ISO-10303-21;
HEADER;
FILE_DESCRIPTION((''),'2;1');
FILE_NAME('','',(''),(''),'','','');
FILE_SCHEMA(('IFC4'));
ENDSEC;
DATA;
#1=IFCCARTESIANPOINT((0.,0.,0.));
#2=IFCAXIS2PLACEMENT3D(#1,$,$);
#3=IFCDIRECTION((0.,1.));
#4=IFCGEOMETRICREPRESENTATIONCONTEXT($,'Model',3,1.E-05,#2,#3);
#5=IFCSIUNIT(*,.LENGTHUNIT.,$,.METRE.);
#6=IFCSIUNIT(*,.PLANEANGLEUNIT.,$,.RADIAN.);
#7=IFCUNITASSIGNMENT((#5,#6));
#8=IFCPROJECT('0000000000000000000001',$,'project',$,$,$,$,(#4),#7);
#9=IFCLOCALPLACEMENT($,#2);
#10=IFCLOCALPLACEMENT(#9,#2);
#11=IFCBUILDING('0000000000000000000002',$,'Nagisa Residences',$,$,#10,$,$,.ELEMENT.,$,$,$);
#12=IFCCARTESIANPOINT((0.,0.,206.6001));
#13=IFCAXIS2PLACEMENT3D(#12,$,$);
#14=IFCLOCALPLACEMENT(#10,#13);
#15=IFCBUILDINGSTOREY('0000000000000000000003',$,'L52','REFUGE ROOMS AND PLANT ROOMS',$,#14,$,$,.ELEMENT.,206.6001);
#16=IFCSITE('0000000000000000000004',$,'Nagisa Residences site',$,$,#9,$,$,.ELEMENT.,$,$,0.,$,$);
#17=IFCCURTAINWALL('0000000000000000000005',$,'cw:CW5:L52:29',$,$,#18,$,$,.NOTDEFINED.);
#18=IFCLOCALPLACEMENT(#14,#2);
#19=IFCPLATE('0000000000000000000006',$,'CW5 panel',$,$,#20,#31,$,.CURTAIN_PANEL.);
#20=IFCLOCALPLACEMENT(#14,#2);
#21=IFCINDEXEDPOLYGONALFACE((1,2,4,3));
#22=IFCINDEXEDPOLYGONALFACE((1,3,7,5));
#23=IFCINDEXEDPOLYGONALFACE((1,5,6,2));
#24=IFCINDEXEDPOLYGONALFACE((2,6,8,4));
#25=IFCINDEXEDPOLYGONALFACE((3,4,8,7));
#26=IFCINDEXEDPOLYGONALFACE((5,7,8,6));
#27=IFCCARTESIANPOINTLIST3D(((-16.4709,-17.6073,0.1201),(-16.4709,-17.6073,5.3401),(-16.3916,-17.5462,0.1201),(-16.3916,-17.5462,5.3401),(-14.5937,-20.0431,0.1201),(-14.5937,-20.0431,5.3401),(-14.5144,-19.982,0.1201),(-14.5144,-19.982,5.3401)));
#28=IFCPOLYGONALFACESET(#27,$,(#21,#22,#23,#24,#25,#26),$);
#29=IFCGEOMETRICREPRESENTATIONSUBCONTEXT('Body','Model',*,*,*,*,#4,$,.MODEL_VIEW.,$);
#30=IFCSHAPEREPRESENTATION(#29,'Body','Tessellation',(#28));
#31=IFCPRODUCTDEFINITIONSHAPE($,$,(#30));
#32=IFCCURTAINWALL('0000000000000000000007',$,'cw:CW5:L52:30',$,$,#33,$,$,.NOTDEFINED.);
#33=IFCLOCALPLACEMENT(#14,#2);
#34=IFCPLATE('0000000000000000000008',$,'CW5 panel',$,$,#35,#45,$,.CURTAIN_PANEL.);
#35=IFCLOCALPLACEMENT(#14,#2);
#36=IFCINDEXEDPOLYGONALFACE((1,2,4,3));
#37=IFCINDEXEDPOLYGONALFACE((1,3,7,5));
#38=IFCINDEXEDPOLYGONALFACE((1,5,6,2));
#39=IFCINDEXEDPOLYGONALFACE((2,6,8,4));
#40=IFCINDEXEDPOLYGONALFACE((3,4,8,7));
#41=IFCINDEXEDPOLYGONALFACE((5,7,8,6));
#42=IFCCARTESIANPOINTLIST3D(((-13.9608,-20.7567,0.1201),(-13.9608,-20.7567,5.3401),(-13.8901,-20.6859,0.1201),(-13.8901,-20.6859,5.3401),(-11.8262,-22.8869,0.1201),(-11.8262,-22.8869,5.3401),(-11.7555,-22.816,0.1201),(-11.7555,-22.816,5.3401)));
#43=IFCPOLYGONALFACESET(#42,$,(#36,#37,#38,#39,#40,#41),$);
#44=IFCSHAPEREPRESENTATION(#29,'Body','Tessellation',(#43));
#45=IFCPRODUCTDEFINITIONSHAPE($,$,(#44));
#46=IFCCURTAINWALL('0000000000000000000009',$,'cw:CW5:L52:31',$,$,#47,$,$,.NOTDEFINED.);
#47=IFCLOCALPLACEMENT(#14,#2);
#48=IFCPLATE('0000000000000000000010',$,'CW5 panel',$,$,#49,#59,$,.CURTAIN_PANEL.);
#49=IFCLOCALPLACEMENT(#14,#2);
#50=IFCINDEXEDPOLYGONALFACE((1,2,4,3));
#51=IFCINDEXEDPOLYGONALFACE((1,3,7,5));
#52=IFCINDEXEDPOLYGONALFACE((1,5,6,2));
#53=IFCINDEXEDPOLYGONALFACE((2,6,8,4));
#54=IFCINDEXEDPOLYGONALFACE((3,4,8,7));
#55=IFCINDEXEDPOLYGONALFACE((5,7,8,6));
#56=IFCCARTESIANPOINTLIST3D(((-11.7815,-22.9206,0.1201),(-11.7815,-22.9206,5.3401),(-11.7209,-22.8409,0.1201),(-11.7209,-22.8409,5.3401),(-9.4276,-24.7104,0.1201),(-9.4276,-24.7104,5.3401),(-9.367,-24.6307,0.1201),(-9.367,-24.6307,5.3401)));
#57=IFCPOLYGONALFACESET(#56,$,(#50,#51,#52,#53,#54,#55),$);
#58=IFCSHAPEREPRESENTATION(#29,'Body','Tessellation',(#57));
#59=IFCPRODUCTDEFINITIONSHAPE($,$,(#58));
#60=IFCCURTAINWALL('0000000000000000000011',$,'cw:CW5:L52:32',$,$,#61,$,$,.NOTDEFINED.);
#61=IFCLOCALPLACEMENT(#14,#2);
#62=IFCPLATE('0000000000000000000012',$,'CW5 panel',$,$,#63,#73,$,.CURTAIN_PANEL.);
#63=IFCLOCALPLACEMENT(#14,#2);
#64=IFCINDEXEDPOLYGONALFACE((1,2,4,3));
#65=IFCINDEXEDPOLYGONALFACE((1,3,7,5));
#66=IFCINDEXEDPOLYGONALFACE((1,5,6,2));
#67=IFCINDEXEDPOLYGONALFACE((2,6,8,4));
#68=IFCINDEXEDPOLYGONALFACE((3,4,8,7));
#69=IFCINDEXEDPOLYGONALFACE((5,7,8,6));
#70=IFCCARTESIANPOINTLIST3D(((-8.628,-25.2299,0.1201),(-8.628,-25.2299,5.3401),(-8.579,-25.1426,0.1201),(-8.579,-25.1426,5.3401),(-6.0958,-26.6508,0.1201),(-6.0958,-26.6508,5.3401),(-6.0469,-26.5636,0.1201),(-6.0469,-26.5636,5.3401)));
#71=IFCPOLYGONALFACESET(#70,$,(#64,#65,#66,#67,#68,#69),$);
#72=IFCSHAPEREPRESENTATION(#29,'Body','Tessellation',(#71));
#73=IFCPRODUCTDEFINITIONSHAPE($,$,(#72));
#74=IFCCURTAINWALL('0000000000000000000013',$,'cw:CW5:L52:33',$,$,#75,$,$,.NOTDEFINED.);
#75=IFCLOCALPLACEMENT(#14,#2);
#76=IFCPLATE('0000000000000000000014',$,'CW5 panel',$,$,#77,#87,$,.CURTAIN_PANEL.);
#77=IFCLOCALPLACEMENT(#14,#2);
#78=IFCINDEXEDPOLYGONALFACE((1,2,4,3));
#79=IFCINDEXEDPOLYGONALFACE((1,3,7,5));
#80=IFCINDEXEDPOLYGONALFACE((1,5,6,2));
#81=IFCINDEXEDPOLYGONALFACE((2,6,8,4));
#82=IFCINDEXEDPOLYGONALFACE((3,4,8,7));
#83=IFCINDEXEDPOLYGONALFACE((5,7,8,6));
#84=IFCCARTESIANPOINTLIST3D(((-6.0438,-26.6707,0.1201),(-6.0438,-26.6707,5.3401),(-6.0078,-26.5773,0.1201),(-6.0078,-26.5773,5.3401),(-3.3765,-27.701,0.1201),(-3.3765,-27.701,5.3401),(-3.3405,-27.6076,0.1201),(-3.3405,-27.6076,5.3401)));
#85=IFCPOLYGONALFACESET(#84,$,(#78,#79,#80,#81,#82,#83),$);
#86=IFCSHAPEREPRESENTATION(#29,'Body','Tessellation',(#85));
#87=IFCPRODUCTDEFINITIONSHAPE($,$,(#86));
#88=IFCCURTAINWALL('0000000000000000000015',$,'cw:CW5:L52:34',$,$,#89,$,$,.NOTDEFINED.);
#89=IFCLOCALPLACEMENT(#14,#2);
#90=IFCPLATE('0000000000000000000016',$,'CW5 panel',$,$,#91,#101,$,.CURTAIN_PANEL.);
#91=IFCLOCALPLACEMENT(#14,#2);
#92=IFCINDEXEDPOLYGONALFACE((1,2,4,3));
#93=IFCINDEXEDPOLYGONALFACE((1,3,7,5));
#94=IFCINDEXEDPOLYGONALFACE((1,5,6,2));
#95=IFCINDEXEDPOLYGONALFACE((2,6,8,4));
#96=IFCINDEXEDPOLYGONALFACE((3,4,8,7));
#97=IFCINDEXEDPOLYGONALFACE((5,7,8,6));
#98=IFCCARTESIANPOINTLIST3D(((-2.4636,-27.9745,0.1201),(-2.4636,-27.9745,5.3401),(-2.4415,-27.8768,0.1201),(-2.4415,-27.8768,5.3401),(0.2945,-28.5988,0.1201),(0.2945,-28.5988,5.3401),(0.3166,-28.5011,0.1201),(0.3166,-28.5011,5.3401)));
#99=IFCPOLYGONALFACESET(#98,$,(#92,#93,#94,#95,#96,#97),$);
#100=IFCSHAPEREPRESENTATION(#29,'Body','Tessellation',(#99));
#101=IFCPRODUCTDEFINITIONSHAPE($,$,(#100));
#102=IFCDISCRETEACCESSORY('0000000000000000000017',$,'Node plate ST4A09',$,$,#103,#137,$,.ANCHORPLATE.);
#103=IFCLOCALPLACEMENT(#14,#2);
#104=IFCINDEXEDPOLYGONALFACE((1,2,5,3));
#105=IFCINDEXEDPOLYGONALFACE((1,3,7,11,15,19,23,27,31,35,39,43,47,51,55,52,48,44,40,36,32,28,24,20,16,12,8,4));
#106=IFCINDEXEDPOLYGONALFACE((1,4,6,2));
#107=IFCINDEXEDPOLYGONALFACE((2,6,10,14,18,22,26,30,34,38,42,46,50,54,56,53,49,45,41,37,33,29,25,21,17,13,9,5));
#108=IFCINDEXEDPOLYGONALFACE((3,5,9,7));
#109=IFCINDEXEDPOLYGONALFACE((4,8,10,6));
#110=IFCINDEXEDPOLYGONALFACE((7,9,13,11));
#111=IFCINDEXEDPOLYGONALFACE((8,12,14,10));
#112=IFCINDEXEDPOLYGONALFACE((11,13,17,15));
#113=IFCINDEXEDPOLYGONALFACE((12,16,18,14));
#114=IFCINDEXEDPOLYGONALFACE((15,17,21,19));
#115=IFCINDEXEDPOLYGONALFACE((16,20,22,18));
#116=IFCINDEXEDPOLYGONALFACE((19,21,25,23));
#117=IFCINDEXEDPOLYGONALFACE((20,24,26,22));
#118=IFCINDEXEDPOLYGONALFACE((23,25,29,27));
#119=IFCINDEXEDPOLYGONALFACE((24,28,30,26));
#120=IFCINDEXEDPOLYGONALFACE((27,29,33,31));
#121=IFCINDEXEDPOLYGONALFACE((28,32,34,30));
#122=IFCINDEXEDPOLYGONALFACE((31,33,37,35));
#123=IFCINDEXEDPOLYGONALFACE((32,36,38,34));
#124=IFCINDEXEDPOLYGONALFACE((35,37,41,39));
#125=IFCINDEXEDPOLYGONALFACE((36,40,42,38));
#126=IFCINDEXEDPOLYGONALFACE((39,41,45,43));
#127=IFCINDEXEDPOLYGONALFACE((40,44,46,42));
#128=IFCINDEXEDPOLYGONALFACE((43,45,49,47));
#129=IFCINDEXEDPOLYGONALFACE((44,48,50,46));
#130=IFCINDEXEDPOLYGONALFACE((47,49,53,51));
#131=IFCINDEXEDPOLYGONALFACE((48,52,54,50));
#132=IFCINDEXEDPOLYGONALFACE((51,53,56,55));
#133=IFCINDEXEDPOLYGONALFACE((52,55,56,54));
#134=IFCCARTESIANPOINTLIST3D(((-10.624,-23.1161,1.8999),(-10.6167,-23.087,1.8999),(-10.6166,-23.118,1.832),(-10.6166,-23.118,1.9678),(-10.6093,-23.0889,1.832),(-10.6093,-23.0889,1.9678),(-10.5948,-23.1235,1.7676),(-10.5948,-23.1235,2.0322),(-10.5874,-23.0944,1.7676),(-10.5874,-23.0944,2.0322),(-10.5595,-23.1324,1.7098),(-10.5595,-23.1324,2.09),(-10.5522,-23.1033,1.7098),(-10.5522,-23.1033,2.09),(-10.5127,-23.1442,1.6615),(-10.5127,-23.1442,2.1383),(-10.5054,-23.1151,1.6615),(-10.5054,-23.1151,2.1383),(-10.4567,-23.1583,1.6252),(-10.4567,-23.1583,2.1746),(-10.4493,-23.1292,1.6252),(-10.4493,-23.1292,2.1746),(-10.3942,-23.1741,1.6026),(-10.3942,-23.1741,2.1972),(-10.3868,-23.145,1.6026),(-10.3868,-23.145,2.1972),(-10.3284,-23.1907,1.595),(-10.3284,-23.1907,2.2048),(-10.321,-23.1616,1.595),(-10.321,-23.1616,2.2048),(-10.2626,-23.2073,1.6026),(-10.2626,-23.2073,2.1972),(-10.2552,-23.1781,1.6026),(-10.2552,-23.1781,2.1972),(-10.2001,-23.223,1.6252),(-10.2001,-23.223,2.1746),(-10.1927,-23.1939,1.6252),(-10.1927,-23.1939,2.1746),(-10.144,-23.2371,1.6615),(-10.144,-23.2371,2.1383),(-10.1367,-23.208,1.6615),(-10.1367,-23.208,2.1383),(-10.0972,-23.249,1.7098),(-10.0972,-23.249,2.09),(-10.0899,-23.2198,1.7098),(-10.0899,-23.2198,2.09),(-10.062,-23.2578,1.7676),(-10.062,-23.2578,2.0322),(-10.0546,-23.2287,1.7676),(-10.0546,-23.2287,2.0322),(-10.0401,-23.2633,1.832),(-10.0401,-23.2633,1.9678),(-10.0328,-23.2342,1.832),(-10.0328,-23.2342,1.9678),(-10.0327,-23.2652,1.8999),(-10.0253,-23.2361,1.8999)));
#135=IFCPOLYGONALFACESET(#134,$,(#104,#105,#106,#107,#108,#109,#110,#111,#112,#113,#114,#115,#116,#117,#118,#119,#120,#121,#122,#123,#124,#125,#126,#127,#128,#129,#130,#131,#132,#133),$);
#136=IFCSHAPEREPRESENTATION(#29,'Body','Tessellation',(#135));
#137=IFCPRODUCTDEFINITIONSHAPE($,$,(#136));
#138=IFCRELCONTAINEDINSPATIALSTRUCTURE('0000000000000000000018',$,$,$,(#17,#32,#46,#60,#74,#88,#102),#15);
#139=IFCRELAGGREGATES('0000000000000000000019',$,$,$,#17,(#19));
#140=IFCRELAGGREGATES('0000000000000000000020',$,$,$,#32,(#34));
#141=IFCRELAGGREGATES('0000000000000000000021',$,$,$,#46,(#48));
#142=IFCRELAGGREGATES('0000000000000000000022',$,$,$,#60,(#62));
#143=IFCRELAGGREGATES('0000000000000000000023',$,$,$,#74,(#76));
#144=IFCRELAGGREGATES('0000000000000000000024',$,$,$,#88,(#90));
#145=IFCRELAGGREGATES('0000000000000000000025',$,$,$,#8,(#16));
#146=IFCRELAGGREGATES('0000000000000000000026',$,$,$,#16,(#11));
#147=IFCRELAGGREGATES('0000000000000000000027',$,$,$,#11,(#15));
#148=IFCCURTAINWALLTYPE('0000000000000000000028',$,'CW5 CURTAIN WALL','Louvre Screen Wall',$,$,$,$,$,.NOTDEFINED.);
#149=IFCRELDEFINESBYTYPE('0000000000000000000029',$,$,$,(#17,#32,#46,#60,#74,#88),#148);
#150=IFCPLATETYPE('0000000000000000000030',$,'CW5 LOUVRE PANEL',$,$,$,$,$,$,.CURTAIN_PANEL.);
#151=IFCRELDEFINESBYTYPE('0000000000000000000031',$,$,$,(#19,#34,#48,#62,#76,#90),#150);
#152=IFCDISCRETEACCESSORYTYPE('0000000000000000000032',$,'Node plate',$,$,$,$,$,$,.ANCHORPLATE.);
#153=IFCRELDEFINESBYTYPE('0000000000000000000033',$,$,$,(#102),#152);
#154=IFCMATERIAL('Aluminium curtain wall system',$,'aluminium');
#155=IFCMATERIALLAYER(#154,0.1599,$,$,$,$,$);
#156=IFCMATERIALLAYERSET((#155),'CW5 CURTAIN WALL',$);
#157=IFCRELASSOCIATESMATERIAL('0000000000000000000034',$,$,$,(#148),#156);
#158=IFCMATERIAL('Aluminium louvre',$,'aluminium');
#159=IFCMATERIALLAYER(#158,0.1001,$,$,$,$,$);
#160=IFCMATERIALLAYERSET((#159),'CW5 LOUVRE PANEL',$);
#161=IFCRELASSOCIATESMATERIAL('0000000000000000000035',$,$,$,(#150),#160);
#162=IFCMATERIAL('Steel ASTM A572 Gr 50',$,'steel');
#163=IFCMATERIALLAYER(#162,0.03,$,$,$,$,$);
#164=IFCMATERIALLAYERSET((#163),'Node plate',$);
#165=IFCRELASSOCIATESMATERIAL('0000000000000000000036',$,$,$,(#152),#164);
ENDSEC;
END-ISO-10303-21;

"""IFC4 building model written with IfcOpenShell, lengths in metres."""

from ifc_helpers import new_model, si_unit, direction, frame, origin, origin_2d, place, context, subcontext, project, spatial, rectangle, circle, extrude, material, layer, layer_set, type_object, element, aggregate, save


model = new_model("IFC4")

# Units and contexts
model_context = context("Model", 3, precision=1e-05, world=origin(), true_north=direction((0.0, 1.0)))
body_context = subcontext(model_context, "Body", "Model", "MODEL_VIEW")
ifc_project = project(units=[si_unit("LENGTHUNIT", "METRE"), si_unit("PLANEANGLEUNIT", "RADIAN")], contexts=[model_context])

# Site, building, storey
site_placement = place(None, origin())
site = spatial("IfcSite", under=ifc_project, at=site_placement, Name="Nagisa Residences site", CompositionType="ELEMENT", RefElevation=0.0)
building_placement = place(site_placement, origin())
building = spatial("IfcBuilding", under=site, at=building_placement, Name="Nagisa Residences", CompositionType="ELEMENT")
storey_placement = place(building_placement, frame((0.0, 0.0, 206.6001)))
storey = spatial("IfcBuildingStorey", under=building, at=storey_placement, Name="L52", Description="REFUGE ROOMS AND PLANT ROOMS", CompositionType="ELEMENT", Elevation=206.6001)

# Curtain walls, plates
ifc_material_1 = material(Name="Aluminium curtain wall system", Category="aluminium")
ifc_layer_1 = layer(ifc_material_1, 0.1599)
ifc_layer_set_1 = layer_set([ifc_layer_1], Name="CW5 CURTAIN WALL")
curtain_wall_type = type_object("IfcCurtainWallType", Name="CW5 CURTAIN WALL", Description="Louvre Screen Wall", PredefinedType="NOTDEFINED", material=ifc_layer_set_1)
curtain_wall_1_placement = place(storey_placement, origin())
curtain_wall_1 = element("IfcCurtainWall", 1, at=curtain_wall_1_placement, inside=storey, type_object=curtain_wall_type, Name="cw:CW5:L52:29", PredefinedType="NOTDEFINED")
ifc_material_2 = material(Name="Aluminium louvre", Category="aluminium")
ifc_layer_2 = layer(ifc_material_2, 0.1001)
ifc_layer_set_2 = layer_set([ifc_layer_2], Name="CW5 LOUVRE PANEL")
plate_type = type_object("IfcPlateType", Name="CW5 LOUVRE PANEL", PredefinedType="CURTAIN_PANEL", material=ifc_layer_set_2)
plate_1_placement = place(storey_placement, frame((-15.4927, -18.7947, 0.1201), z_axis=(0.0, 0.0, 1.0), x_axis=(0.61043, -0.79207, 0.0)))
plate_1 = element("IfcPlate", 2, at=plate_1_placement, type_object=plate_type, Name="CW5 panel", PredefinedType="CURTAIN_PANEL", context=body_context, shape_type="SweptSolid", body=[
    extrude(rectangle(XDim=3.0752, YDim=0.1001, at=origin_2d()), origin(), (0.0, 0.0, 1.0), 5.22),
])
aggregate(curtain_wall_1, [plate_1])
curtain_wall_2_placement = place(storey_placement, origin())
curtain_wall_2 = element("IfcCurtainWall", 3, at=curtain_wall_2_placement, inside=storey, type_object=curtain_wall_type, Name="cw:CW5:L52:30", PredefinedType="NOTDEFINED")
plate_2_placement = place(storey_placement, frame((-12.8582, -21.7864, 0.1201), z_axis=(0.0, 0.0, 1.0), x_axis=(0.707836, -0.706377, 0.0)))
plate_2 = element("IfcPlate", 4, at=plate_2_placement, type_object=plate_type, Name="CW5 panel", PredefinedType="CURTAIN_PANEL", context=body_context, shape_type="SweptSolid", body=[
    extrude(rectangle(XDim=3.0156, YDim=0.1001, at=origin_2d()), origin(), (0.0, 0.0, 1.0), 5.22),
])
aggregate(curtain_wall_2, [plate_2])
curtain_wall_3_placement = place(storey_placement, origin())
curtain_wall_3 = element("IfcCurtainWall", 5, at=curtain_wall_3_placement, inside=storey, type_object=curtain_wall_type, Name="cw:CW5:L52:31", PredefinedType="NOTDEFINED")
plate_3_placement = place(storey_placement, frame((-10.5742, -23.7756, 0.1201), z_axis=(0.0, 0.0, 1.0), x_axis=(0.796031, -0.605255, 0.0)))
plate_3 = element("IfcPlate", 6, at=plate_3_placement, type_object=plate_type, Name="CW5 panel", PredefinedType="CURTAIN_PANEL", context=body_context, shape_type="SweptSolid", body=[
    extrude(rectangle(XDim=2.957, YDim=0.1001, at=origin_2d()), origin(), (0.0, 0.0, 1.0), 5.22),
])
aggregate(curtain_wall_3, [plate_3])
curtain_wall_4_placement = place(storey_placement, origin())
curtain_wall_4 = element("IfcCurtainWall", 7, at=curtain_wall_4_placement, inside=storey, type_object=curtain_wall_type, Name="cw:CW5:L52:32", PredefinedType="NOTDEFINED")
plate_4_placement = place(storey_placement, frame((-7.3374, -25.8967, 0.1201), z_axis=(0.0, 0.0, 1.0), x_axis=(0.872072, -0.489377, 0.0)))
plate_4 = element("IfcPlate", 8, at=plate_4_placement, type_object=plate_type, Name="CW5 panel", PredefinedType="CURTAIN_PANEL", context=body_context, shape_type="SweptSolid", body=[
    extrude(rectangle(XDim=2.9036, YDim=0.1001, at=origin_2d()), origin(), (0.0, 0.0, 1.0), 5.22),
])
aggregate(curtain_wall_4, [plate_4])
curtain_wall_5_placement = place(storey_placement, origin())
curtain_wall_5 = element("IfcCurtainWall", 9, at=curtain_wall_5_placement, inside=storey, type_object=curtain_wall_type, Name="cw:CW5:L52:33", PredefinedType="NOTDEFINED")
plate_5_placement = place(storey_placement, frame((-4.6921, -27.1392, 0.1201), z_axis=(0.0, 0.0, 1.0), x_axis=(0.932826, -0.360328, 0.0)))
plate_5 = element("IfcPlate", 10, at=plate_5_placement, type_object=plate_type, Name="CW5 panel", PredefinedType="CURTAIN_PANEL", context=body_context, shape_type="SweptSolid", body=[
    extrude(rectangle(XDim=2.8594, YDim=0.1001, at=origin_2d()), origin(), (0.0, 0.0, 1.0), 5.22),
])
aggregate(curtain_wall_5, [plate_5])
curtain_wall_6_placement = place(storey_placement, origin())
curtain_wall_6 = element("IfcCurtainWall", 11, at=curtain_wall_6_placement, inside=storey, type_object=curtain_wall_type, Name="cw:CW5:L52:34", PredefinedType="NOTDEFINED")
plate_6_placement = place(storey_placement, frame((-1.0735, -28.2378, 0.1201), z_axis=(0.0, 0.0, 1.0), x_axis=(0.975327, -0.220764, 0.0)))
plate_6 = element("IfcPlate", 12, at=plate_6_placement, type_object=plate_type, Name="CW5 panel", PredefinedType="CURTAIN_PANEL", context=body_context, shape_type="SweptSolid", body=[
    extrude(rectangle(XDim=2.8279, YDim=0.1001, at=origin_2d()), origin(), (0.0, 0.0, 1.0), 5.22),
])
aggregate(curtain_wall_6, [plate_6])

# Discrete accessory
ifc_material_3 = material(Name="Steel ASTM A572 Gr 50", Category="steel")
ifc_layer_3 = layer(ifc_material_3, 0.03)
ifc_layer_set_3 = layer_set([ifc_layer_3], Name="Node plate")
discrete_accessory_type = type_object("IfcDiscreteAccessoryType", Name="Node plate", PredefinedType="ANCHORPLATE", material=ifc_layer_set_3)
discrete_accessory_placement = place(storey_placement, frame((-10.3284, -23.1907, 1.8999), z_axis=(0.244452, 0.969661, 0.0), x_axis=(-0.969661, 0.244452, 0.0)))
element("IfcDiscreteAccessory", 13, at=discrete_accessory_placement, inside=storey, type_object=discrete_accessory_type, Name="Node plate ST4A09", PredefinedType="ANCHORPLATE", context=body_context, shape_type="SweptSolid", body=[
    extrude(circle(Radius=0.3049, at=origin_2d()), origin(), (0.0, 0.0, 1.0), 0.03),
])

save(model, "model.ifc")
